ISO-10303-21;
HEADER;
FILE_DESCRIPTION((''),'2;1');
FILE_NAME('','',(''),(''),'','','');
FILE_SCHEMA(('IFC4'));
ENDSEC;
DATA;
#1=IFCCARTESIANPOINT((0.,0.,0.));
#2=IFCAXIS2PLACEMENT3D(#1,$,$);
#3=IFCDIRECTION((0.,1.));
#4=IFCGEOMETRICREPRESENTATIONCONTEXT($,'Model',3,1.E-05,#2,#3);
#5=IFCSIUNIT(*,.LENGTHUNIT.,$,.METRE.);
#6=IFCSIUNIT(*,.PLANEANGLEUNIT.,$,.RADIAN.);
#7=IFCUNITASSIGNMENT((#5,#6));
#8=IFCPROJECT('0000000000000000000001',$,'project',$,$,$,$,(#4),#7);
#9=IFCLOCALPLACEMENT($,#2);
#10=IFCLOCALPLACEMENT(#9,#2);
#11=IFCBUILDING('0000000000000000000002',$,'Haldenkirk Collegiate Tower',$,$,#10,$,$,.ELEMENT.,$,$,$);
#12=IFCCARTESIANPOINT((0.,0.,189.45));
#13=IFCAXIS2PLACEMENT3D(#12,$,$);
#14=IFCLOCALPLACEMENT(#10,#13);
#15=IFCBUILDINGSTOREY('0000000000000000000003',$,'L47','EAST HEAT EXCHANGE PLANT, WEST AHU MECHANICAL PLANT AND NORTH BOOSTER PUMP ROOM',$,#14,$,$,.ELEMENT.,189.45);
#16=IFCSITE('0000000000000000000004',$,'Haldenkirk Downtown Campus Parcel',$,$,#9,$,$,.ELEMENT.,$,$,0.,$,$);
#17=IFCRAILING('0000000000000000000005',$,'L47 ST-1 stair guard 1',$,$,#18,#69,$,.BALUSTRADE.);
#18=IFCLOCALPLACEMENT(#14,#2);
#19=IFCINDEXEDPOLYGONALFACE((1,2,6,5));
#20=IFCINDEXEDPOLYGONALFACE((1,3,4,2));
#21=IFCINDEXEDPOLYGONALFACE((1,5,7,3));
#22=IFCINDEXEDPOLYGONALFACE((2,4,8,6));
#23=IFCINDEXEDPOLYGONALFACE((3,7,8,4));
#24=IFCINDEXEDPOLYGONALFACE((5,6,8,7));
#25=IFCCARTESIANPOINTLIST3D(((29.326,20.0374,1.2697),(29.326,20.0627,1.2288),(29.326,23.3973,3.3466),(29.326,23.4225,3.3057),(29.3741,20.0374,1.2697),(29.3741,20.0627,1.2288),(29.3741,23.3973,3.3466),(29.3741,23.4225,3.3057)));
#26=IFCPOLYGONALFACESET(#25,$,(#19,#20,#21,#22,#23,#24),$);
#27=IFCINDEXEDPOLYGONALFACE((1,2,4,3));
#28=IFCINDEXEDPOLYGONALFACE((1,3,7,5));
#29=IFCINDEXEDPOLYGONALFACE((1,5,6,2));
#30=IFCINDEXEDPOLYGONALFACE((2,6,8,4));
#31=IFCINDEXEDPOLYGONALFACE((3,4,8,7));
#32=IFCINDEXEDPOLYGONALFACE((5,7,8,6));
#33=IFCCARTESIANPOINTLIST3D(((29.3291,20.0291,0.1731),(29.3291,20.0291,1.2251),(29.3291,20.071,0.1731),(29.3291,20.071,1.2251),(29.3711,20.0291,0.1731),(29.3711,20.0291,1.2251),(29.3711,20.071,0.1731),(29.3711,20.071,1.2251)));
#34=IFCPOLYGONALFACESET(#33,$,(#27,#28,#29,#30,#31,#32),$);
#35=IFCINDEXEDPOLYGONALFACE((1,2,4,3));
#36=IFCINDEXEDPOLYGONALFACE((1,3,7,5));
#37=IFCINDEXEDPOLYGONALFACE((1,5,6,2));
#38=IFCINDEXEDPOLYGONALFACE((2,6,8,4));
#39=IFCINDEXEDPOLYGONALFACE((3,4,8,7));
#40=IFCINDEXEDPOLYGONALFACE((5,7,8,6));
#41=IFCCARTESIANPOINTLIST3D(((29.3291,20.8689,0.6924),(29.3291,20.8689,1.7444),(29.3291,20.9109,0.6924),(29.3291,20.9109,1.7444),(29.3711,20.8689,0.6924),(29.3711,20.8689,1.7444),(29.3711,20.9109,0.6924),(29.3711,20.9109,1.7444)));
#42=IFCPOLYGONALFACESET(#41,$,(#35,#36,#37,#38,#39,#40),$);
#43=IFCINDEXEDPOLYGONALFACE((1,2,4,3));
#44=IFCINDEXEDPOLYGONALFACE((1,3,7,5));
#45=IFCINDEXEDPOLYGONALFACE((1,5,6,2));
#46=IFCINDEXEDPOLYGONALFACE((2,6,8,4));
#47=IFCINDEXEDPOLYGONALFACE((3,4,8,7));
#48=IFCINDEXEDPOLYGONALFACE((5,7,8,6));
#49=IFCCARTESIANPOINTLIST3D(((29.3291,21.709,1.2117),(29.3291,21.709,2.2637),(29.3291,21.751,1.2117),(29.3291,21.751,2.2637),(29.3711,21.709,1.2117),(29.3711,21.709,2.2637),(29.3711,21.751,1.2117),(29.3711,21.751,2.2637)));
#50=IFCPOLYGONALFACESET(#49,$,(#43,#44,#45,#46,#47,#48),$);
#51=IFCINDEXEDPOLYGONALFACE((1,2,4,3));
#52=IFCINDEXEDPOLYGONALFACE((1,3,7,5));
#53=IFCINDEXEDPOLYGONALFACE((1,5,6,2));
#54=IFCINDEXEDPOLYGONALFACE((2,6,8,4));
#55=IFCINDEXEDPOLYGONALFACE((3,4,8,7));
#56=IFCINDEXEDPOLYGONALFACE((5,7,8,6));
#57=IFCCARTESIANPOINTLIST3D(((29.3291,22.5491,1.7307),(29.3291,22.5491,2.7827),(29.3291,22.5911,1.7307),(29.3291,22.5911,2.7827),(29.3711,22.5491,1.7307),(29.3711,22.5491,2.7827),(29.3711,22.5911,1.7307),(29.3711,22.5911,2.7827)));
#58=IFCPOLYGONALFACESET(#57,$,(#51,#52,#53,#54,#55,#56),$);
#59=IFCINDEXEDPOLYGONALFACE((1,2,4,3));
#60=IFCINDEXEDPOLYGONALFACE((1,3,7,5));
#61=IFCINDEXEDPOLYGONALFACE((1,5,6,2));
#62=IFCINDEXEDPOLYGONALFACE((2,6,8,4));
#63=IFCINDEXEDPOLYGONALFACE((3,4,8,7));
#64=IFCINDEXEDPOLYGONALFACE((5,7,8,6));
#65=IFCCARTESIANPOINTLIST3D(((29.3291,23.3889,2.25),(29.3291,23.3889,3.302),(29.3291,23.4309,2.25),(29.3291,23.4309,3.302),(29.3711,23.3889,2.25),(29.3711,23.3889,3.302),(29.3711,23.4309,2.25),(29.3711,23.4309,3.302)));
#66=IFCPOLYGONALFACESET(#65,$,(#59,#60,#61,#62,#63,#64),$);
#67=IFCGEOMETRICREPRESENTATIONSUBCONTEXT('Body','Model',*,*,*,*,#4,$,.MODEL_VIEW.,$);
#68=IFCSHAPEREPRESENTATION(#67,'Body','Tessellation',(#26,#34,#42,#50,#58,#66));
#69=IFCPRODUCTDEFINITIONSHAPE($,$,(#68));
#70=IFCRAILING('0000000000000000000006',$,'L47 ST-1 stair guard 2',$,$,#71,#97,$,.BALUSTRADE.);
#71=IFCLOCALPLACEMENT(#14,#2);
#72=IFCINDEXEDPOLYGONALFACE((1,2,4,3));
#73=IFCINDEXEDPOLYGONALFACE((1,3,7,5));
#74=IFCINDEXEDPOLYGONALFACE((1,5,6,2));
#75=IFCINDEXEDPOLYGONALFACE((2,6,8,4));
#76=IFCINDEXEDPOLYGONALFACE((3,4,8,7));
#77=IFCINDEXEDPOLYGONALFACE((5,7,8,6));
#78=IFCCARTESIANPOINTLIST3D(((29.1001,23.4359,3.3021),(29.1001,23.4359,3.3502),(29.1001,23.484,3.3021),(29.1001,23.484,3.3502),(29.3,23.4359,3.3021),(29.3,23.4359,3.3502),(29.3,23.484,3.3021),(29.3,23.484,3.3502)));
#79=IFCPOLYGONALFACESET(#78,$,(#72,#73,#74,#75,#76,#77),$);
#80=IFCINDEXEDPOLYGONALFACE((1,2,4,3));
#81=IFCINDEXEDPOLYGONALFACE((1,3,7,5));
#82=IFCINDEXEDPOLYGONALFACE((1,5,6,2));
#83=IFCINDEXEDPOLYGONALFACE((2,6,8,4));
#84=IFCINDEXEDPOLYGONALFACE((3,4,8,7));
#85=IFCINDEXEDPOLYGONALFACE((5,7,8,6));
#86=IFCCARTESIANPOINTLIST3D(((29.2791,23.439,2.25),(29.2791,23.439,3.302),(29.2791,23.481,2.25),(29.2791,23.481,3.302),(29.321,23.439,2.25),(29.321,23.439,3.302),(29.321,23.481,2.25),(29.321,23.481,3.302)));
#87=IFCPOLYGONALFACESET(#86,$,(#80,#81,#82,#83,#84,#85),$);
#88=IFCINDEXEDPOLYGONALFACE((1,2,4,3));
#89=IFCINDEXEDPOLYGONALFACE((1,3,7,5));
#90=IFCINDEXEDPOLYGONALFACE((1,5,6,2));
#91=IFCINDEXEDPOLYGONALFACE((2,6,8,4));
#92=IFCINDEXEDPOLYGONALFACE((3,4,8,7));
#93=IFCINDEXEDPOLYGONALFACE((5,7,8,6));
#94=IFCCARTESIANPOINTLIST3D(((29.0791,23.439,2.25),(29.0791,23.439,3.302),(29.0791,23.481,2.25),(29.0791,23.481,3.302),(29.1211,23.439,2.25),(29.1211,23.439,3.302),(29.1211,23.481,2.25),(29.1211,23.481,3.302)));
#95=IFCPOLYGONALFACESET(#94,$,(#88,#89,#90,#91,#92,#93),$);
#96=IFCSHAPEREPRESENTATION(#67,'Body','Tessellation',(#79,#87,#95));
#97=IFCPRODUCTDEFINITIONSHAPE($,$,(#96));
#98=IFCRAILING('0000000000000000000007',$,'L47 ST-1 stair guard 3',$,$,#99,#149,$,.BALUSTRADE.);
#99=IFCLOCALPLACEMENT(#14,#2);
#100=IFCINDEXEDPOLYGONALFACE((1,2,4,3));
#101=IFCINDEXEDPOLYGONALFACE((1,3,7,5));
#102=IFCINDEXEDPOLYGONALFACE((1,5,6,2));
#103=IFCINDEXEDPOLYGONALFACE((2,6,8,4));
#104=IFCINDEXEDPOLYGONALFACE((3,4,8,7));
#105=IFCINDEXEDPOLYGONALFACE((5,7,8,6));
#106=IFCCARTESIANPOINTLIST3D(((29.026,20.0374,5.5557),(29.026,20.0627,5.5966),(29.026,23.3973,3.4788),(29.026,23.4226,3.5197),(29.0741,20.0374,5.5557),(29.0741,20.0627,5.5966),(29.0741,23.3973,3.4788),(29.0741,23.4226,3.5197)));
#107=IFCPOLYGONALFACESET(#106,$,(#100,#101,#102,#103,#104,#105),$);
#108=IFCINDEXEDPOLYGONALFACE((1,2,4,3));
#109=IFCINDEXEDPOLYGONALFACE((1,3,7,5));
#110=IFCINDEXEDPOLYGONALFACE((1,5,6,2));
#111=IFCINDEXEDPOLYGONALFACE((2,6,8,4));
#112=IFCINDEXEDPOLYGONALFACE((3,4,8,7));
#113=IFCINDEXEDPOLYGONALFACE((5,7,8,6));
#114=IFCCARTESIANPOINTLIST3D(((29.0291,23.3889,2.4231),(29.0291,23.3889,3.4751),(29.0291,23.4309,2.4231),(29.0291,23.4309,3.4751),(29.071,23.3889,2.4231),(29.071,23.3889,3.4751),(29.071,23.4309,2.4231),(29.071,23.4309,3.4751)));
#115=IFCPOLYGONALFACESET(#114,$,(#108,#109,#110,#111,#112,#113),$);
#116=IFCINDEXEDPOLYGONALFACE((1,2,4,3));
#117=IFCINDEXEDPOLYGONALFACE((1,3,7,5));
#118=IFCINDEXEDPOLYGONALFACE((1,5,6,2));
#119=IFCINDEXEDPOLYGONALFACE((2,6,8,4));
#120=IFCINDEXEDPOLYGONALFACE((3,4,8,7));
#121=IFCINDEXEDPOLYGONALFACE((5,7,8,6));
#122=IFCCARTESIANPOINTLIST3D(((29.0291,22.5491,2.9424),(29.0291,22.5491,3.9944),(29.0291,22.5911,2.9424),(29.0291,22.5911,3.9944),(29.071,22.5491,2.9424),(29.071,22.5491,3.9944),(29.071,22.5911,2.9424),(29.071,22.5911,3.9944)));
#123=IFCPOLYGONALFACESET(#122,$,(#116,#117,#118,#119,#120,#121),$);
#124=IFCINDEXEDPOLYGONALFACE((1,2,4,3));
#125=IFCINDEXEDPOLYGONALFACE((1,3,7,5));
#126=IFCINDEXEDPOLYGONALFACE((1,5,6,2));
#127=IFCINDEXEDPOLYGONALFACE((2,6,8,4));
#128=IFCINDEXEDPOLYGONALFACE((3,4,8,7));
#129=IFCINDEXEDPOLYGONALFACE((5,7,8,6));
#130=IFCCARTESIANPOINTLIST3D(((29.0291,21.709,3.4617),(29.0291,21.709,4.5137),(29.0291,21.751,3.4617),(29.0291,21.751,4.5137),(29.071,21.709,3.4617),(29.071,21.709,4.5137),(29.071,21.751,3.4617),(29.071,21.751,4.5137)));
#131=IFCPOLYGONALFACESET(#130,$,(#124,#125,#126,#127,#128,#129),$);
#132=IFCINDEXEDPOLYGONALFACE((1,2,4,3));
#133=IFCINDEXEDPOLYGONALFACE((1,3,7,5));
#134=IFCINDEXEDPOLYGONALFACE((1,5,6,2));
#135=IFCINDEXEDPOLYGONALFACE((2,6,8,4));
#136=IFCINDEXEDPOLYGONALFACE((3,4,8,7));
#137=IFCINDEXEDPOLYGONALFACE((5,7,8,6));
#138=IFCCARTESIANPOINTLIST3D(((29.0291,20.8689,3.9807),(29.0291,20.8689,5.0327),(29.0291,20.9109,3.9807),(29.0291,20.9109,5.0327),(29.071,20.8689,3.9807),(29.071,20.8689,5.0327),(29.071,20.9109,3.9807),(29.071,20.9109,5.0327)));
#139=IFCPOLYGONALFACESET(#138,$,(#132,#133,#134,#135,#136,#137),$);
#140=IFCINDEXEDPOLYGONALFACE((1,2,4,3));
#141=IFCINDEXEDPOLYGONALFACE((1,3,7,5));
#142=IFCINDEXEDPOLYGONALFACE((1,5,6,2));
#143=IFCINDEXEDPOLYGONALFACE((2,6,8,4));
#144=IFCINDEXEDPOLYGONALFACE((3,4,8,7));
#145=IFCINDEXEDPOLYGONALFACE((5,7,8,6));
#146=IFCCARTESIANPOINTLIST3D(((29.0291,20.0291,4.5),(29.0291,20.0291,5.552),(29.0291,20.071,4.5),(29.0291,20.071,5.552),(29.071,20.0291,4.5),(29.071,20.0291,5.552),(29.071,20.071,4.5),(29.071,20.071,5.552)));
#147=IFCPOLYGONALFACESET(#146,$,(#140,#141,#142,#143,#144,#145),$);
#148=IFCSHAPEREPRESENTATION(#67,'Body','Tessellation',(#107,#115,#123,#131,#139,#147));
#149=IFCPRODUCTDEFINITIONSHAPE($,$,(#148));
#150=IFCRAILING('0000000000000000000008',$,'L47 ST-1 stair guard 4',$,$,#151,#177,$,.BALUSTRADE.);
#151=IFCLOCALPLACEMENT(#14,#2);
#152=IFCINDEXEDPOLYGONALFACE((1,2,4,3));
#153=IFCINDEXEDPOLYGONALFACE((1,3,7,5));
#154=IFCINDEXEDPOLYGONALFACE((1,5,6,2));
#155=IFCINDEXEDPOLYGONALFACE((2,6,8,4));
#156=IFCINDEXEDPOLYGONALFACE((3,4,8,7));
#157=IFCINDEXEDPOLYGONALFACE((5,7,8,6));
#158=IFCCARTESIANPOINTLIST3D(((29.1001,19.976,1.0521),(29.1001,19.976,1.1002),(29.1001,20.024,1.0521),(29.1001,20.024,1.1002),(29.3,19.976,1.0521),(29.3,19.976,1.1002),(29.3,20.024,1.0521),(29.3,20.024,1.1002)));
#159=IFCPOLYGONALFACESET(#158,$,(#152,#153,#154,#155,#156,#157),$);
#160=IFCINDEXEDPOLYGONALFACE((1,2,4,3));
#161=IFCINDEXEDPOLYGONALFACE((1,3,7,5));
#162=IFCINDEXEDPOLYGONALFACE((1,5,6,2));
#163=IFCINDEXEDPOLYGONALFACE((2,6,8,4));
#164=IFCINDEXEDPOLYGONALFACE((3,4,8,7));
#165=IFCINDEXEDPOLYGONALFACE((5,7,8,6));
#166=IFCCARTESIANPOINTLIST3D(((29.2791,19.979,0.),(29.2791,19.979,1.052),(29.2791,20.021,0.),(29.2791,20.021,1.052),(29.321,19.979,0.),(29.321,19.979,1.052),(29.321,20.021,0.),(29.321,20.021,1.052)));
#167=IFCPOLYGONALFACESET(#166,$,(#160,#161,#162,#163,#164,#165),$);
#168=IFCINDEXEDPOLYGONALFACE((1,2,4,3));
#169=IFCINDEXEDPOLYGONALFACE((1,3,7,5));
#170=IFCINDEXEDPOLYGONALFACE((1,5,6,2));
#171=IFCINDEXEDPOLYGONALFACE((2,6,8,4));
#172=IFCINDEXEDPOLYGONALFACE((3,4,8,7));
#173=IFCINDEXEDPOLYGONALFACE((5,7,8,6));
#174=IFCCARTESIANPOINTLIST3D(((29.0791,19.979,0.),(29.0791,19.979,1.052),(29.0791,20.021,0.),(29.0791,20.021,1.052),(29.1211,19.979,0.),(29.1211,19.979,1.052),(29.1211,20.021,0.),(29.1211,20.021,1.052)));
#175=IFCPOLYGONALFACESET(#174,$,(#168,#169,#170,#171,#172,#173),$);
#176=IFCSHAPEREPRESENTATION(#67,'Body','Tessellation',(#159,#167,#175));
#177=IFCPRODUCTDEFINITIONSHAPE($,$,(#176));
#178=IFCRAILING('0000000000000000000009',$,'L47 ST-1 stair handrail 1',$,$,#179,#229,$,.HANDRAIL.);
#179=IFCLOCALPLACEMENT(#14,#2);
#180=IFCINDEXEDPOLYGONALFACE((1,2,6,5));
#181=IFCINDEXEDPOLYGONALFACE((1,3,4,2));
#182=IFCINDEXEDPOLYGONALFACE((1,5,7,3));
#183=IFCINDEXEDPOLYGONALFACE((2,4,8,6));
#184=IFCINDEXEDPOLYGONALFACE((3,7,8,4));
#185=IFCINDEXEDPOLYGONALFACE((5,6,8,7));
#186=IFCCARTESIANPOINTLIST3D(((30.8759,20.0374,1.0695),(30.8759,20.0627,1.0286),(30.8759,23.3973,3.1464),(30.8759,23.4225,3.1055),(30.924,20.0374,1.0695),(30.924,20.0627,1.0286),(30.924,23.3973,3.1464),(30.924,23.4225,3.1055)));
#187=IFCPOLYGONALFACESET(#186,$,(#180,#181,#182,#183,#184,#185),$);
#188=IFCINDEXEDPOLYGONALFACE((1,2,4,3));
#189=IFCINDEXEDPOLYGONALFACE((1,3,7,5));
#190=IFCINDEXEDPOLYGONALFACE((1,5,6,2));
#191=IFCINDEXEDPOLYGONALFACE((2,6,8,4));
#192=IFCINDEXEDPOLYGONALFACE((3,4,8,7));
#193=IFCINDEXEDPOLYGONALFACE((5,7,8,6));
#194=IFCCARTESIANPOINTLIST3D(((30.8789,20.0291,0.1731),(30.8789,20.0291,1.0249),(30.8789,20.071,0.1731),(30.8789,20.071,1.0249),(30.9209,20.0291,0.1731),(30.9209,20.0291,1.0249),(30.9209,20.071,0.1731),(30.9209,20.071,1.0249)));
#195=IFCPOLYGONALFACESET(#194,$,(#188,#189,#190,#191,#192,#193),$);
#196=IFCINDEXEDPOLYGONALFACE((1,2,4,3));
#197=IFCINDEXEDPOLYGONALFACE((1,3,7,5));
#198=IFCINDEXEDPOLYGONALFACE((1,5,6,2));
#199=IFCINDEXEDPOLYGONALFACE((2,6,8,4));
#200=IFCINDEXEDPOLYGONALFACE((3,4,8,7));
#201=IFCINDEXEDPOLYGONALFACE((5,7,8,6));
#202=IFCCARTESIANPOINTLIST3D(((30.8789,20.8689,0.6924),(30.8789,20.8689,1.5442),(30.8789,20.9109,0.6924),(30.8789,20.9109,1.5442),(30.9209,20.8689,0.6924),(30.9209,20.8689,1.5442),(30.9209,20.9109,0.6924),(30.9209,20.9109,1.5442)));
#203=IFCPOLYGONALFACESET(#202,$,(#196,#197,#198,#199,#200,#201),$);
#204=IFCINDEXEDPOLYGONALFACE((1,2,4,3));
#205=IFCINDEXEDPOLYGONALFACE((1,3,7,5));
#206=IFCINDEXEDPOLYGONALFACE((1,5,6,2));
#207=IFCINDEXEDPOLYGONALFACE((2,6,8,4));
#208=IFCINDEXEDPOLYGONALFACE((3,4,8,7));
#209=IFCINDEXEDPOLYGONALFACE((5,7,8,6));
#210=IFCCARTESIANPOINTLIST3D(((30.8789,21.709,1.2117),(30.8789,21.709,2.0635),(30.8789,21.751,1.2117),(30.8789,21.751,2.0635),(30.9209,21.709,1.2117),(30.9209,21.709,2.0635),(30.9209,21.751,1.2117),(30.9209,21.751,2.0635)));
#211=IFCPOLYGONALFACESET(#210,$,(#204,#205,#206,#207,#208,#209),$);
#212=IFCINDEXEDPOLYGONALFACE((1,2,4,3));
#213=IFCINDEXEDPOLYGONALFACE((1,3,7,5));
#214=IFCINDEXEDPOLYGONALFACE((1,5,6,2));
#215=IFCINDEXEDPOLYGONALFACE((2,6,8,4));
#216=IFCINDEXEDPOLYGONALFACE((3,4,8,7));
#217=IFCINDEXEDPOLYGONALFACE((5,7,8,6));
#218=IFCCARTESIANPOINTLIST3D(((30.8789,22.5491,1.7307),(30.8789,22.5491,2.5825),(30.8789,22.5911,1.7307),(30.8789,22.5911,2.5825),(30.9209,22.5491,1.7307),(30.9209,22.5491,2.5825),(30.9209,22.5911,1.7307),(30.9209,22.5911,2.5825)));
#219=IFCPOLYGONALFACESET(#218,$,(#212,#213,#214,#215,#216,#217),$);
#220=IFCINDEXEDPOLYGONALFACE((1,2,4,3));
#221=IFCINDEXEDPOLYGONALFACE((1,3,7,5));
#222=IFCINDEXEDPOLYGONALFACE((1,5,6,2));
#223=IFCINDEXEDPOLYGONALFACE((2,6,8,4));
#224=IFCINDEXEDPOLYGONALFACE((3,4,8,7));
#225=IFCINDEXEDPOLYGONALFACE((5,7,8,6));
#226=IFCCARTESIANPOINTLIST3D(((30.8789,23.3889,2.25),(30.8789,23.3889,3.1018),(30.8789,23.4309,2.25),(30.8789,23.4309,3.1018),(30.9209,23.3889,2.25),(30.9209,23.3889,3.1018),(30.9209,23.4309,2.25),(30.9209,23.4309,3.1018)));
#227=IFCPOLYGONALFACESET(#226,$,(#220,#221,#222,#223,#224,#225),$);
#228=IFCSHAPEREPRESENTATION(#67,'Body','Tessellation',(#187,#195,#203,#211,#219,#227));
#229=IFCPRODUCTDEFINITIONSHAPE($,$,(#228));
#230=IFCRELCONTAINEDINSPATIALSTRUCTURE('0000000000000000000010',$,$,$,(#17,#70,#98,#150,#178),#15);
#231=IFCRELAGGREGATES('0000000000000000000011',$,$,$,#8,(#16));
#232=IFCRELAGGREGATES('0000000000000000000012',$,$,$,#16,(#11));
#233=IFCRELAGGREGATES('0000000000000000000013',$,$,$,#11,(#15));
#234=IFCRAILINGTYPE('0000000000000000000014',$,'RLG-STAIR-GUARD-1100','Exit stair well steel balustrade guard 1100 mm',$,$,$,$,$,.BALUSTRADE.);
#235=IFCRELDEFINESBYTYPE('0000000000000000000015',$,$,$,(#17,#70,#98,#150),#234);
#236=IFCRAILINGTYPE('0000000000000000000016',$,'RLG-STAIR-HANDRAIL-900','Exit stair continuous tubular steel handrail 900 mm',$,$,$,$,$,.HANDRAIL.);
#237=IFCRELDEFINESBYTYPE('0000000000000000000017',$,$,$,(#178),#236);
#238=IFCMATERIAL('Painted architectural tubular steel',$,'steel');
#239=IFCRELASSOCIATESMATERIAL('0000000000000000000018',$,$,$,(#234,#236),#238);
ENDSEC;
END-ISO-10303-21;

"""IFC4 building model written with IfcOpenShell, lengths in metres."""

from ifc_helpers import new_model, si_unit, direction, frame, origin, origin_2d, place, context, subcontext, project, spatial, rectangle, extrude, material, type_object, element, save


model = new_model("IFC4")

# Units and contexts
model_context = context("Model", 3, precision=1e-05, world=origin(), true_north=direction((0.0, 1.0)))
body_context = subcontext(model_context, "Body", "Model", "MODEL_VIEW")
ifc_project = project(units=[si_unit("LENGTHUNIT", "METRE"), si_unit("PLANEANGLEUNIT", "RADIAN")], contexts=[model_context])

# Site, building, storey
site_placement = place(None, origin())
site = spatial("IfcSite", under=ifc_project, at=site_placement, Name="Haldenkirk Downtown Campus Parcel", CompositionType="ELEMENT", RefElevation=0.0)
building_placement = place(site_placement, origin())
building = spatial("IfcBuilding", under=site, at=building_placement, Name="Haldenkirk Collegiate Tower", CompositionType="ELEMENT")
storey_placement = place(building_placement, frame((0.0, 0.0, 189.45)))
storey = spatial("IfcBuildingStorey", under=building, at=storey_placement, Name="L47", Description="EAST HEAT EXCHANGE PLANT, WEST AHU MECHANICAL PLANT AND NORTH BOOSTER PUMP ROOM", CompositionType="ELEMENT", Elevation=189.45)

# Railings
ifc_material_1 = material(Name="Painted architectural tubular steel", Category="steel")
railing_type_1 = type_object("IfcRailingType", Name="RLG-STAIR-GUARD-1100", Description="Exit stair well steel balustrade guard 1100 mm", PredefinedType="BALUSTRADE", material=ifc_material_1)
railing_1_placement = place(storey_placement, frame((29.3501, 20.05, 0.1731)))
element("IfcRailing", 1, at=railing_1_placement, inside=storey, type_object=railing_type_1, Name="L47 ST-1 stair guard 1", PredefinedType="BALUSTRADE", context=body_context, shape_type="SweptSolid", body=[
    extrude(rectangle(XDim=0.0481, YDim=0.0481, at=origin_2d()), frame((0.0, 0.0, 1.0762), z_axis=(0.0, 0.850606, 0.525803), x_axis=(-1.0, 0.0, 0.0)), (0.0, 0.0, 1.0), 3.95),
    extrude(rectangle(XDim=0.042, YDim=0.042, at=origin_2d()), origin(), (0.0, 0.0, 1.0), 1.052),
    extrude(rectangle(XDim=0.042, YDim=0.042, at=origin_2d()), frame((0.0, 0.8398, 0.5193)), (0.0, 0.0, 1.0), 1.052),
    extrude(rectangle(XDim=0.042, YDim=0.042, at=origin_2d()), frame((0.0, 1.6799, 1.0386)), (0.0, 0.0, 1.0), 1.052),
    extrude(rectangle(XDim=0.042, YDim=0.042, at=origin_2d()), frame((0.0, 2.52, 1.5576)), (0.0, 0.0, 1.0), 1.052),
    extrude(rectangle(XDim=0.042, YDim=0.042, at=origin_2d()), frame((0.0, 3.3599, 2.0769)), (0.0, 0.0, 1.0), 1.052),
])
railing_2_placement = place(storey_placement, frame((29.3, 23.46, 2.25)))
element("IfcRailing", 2, at=railing_2_placement, inside=storey, type_object=railing_type_1, Name="L47 ST-1 stair guard 2", PredefinedType="BALUSTRADE", context=body_context, shape_type="SweptSolid", body=[
    extrude(rectangle(XDim=0.0481, YDim=0.0481, at=origin_2d()), frame((0.0, 0.0, 1.0762), z_axis=(-1.0, 0.0, 0.0), x_axis=(0.0, -1.0, 0.0)), (0.0, 0.0, 1.0), 0.2),
    extrude(rectangle(XDim=0.042, YDim=0.042, at=origin_2d()), origin(), (0.0, 0.0, 1.0), 1.052),
    extrude(rectangle(XDim=0.042, YDim=0.042, at=origin_2d()), frame((-0.2, 0.0, 0.0)), (0.0, 0.0, 1.0), 1.052),
])
railing_3_placement = place(storey_placement, frame((29.05, 23.4099, 2.4231)))
element("IfcRailing", 3, at=railing_3_placement, inside=storey, type_object=railing_type_1, Name="L47 ST-1 stair guard 3", PredefinedType="BALUSTRADE", context=body_context, shape_type="SweptSolid", body=[
    extrude(rectangle(XDim=0.0481, YDim=0.0481, at=origin_2d()), frame((0.0, 0.0, 1.0762), z_axis=(0.0, -0.850606, 0.525803), x_axis=(1.0, 0.0, 0.0)), (0.0, 0.0, 1.0), 3.95),
    extrude(rectangle(XDim=0.042, YDim=0.042, at=origin_2d()), origin(), (0.0, 0.0, 1.0), 1.052),
    extrude(rectangle(XDim=0.042, YDim=0.042, at=origin_2d()), frame((0.0, -0.8398, 0.5193)), (0.0, 0.0, 1.0), 1.052),
    extrude(rectangle(XDim=0.042, YDim=0.042, at=origin_2d()), frame((0.0, -1.6799, 1.0386)), (0.0, 0.0, 1.0), 1.052),
    extrude(rectangle(XDim=0.042, YDim=0.042, at=origin_2d()), frame((0.0, -2.52, 1.5576)), (0.0, 0.0, 1.0), 1.052),
    extrude(rectangle(XDim=0.042, YDim=0.042, at=origin_2d()), frame((0.0, -3.3599, 2.0769)), (0.0, 0.0, 1.0), 1.052),
])
railing_4_placement = place(storey_placement, frame((29.3, 20.0, 0.0)))
element("IfcRailing", 4, at=railing_4_placement, inside=storey, type_object=railing_type_1, Name="L47 ST-1 stair guard 4", PredefinedType="BALUSTRADE", context=body_context, shape_type="SweptSolid", body=[
    extrude(rectangle(XDim=0.0481, YDim=0.0481, at=origin_2d()), frame((0.0, 0.0, 1.0762), z_axis=(-1.0, 0.0, 0.0), x_axis=(0.0, -1.0, 0.0)), (0.0, 0.0, 1.0), 0.2),
    extrude(rectangle(XDim=0.042, YDim=0.042, at=origin_2d()), origin(), (0.0, 0.0, 1.0), 1.052),
    extrude(rectangle(XDim=0.042, YDim=0.042, at=origin_2d()), frame((-0.2, 0.0, 0.0)), (0.0, 0.0, 1.0), 1.052),
])
railing_type_2 = type_object("IfcRailingType", Name="RLG-STAIR-HANDRAIL-900", Description="Exit stair continuous tubular steel handrail 900 mm", PredefinedType="HANDRAIL", material=ifc_material_1)
railing_5_placement = place(storey_placement, frame((30.8999, 20.05, 0.1731)))
element("IfcRailing", 5, at=railing_5_placement, inside=storey, type_object=railing_type_2, Name="L47 ST-1 stair handrail 1", PredefinedType="HANDRAIL", context=body_context, shape_type="SweptSolid", body=[
    extrude(rectangle(XDim=0.0481, YDim=0.0481, at=origin_2d()), frame((0.0, 0.0, 0.876), z_axis=(0.0, 0.850606, 0.525803), x_axis=(-1.0, 0.0, 0.0)), (0.0, 0.0, 1.0), 3.95),
    extrude(rectangle(XDim=0.042, YDim=0.042, at=origin_2d()), origin(), (0.0, 0.0, 1.0), 0.8518),
    extrude(rectangle(XDim=0.042, YDim=0.042, at=origin_2d()), frame((0.0, 0.8398, 0.5193)), (0.0, 0.0, 1.0), 0.8518),
    extrude(rectangle(XDim=0.042, YDim=0.042, at=origin_2d()), frame((0.0, 1.6799, 1.0386)), (0.0, 0.0, 1.0), 0.8518),
    extrude(rectangle(XDim=0.042, YDim=0.042, at=origin_2d()), frame((0.0, 2.52, 1.5576)), (0.0, 0.0, 1.0), 0.8518),
    extrude(rectangle(XDim=0.042, YDim=0.042, at=origin_2d()), frame((0.0, 3.3599, 2.0769)), (0.0, 0.0, 1.0), 0.8518),
])

save(model, "model.ifc")
